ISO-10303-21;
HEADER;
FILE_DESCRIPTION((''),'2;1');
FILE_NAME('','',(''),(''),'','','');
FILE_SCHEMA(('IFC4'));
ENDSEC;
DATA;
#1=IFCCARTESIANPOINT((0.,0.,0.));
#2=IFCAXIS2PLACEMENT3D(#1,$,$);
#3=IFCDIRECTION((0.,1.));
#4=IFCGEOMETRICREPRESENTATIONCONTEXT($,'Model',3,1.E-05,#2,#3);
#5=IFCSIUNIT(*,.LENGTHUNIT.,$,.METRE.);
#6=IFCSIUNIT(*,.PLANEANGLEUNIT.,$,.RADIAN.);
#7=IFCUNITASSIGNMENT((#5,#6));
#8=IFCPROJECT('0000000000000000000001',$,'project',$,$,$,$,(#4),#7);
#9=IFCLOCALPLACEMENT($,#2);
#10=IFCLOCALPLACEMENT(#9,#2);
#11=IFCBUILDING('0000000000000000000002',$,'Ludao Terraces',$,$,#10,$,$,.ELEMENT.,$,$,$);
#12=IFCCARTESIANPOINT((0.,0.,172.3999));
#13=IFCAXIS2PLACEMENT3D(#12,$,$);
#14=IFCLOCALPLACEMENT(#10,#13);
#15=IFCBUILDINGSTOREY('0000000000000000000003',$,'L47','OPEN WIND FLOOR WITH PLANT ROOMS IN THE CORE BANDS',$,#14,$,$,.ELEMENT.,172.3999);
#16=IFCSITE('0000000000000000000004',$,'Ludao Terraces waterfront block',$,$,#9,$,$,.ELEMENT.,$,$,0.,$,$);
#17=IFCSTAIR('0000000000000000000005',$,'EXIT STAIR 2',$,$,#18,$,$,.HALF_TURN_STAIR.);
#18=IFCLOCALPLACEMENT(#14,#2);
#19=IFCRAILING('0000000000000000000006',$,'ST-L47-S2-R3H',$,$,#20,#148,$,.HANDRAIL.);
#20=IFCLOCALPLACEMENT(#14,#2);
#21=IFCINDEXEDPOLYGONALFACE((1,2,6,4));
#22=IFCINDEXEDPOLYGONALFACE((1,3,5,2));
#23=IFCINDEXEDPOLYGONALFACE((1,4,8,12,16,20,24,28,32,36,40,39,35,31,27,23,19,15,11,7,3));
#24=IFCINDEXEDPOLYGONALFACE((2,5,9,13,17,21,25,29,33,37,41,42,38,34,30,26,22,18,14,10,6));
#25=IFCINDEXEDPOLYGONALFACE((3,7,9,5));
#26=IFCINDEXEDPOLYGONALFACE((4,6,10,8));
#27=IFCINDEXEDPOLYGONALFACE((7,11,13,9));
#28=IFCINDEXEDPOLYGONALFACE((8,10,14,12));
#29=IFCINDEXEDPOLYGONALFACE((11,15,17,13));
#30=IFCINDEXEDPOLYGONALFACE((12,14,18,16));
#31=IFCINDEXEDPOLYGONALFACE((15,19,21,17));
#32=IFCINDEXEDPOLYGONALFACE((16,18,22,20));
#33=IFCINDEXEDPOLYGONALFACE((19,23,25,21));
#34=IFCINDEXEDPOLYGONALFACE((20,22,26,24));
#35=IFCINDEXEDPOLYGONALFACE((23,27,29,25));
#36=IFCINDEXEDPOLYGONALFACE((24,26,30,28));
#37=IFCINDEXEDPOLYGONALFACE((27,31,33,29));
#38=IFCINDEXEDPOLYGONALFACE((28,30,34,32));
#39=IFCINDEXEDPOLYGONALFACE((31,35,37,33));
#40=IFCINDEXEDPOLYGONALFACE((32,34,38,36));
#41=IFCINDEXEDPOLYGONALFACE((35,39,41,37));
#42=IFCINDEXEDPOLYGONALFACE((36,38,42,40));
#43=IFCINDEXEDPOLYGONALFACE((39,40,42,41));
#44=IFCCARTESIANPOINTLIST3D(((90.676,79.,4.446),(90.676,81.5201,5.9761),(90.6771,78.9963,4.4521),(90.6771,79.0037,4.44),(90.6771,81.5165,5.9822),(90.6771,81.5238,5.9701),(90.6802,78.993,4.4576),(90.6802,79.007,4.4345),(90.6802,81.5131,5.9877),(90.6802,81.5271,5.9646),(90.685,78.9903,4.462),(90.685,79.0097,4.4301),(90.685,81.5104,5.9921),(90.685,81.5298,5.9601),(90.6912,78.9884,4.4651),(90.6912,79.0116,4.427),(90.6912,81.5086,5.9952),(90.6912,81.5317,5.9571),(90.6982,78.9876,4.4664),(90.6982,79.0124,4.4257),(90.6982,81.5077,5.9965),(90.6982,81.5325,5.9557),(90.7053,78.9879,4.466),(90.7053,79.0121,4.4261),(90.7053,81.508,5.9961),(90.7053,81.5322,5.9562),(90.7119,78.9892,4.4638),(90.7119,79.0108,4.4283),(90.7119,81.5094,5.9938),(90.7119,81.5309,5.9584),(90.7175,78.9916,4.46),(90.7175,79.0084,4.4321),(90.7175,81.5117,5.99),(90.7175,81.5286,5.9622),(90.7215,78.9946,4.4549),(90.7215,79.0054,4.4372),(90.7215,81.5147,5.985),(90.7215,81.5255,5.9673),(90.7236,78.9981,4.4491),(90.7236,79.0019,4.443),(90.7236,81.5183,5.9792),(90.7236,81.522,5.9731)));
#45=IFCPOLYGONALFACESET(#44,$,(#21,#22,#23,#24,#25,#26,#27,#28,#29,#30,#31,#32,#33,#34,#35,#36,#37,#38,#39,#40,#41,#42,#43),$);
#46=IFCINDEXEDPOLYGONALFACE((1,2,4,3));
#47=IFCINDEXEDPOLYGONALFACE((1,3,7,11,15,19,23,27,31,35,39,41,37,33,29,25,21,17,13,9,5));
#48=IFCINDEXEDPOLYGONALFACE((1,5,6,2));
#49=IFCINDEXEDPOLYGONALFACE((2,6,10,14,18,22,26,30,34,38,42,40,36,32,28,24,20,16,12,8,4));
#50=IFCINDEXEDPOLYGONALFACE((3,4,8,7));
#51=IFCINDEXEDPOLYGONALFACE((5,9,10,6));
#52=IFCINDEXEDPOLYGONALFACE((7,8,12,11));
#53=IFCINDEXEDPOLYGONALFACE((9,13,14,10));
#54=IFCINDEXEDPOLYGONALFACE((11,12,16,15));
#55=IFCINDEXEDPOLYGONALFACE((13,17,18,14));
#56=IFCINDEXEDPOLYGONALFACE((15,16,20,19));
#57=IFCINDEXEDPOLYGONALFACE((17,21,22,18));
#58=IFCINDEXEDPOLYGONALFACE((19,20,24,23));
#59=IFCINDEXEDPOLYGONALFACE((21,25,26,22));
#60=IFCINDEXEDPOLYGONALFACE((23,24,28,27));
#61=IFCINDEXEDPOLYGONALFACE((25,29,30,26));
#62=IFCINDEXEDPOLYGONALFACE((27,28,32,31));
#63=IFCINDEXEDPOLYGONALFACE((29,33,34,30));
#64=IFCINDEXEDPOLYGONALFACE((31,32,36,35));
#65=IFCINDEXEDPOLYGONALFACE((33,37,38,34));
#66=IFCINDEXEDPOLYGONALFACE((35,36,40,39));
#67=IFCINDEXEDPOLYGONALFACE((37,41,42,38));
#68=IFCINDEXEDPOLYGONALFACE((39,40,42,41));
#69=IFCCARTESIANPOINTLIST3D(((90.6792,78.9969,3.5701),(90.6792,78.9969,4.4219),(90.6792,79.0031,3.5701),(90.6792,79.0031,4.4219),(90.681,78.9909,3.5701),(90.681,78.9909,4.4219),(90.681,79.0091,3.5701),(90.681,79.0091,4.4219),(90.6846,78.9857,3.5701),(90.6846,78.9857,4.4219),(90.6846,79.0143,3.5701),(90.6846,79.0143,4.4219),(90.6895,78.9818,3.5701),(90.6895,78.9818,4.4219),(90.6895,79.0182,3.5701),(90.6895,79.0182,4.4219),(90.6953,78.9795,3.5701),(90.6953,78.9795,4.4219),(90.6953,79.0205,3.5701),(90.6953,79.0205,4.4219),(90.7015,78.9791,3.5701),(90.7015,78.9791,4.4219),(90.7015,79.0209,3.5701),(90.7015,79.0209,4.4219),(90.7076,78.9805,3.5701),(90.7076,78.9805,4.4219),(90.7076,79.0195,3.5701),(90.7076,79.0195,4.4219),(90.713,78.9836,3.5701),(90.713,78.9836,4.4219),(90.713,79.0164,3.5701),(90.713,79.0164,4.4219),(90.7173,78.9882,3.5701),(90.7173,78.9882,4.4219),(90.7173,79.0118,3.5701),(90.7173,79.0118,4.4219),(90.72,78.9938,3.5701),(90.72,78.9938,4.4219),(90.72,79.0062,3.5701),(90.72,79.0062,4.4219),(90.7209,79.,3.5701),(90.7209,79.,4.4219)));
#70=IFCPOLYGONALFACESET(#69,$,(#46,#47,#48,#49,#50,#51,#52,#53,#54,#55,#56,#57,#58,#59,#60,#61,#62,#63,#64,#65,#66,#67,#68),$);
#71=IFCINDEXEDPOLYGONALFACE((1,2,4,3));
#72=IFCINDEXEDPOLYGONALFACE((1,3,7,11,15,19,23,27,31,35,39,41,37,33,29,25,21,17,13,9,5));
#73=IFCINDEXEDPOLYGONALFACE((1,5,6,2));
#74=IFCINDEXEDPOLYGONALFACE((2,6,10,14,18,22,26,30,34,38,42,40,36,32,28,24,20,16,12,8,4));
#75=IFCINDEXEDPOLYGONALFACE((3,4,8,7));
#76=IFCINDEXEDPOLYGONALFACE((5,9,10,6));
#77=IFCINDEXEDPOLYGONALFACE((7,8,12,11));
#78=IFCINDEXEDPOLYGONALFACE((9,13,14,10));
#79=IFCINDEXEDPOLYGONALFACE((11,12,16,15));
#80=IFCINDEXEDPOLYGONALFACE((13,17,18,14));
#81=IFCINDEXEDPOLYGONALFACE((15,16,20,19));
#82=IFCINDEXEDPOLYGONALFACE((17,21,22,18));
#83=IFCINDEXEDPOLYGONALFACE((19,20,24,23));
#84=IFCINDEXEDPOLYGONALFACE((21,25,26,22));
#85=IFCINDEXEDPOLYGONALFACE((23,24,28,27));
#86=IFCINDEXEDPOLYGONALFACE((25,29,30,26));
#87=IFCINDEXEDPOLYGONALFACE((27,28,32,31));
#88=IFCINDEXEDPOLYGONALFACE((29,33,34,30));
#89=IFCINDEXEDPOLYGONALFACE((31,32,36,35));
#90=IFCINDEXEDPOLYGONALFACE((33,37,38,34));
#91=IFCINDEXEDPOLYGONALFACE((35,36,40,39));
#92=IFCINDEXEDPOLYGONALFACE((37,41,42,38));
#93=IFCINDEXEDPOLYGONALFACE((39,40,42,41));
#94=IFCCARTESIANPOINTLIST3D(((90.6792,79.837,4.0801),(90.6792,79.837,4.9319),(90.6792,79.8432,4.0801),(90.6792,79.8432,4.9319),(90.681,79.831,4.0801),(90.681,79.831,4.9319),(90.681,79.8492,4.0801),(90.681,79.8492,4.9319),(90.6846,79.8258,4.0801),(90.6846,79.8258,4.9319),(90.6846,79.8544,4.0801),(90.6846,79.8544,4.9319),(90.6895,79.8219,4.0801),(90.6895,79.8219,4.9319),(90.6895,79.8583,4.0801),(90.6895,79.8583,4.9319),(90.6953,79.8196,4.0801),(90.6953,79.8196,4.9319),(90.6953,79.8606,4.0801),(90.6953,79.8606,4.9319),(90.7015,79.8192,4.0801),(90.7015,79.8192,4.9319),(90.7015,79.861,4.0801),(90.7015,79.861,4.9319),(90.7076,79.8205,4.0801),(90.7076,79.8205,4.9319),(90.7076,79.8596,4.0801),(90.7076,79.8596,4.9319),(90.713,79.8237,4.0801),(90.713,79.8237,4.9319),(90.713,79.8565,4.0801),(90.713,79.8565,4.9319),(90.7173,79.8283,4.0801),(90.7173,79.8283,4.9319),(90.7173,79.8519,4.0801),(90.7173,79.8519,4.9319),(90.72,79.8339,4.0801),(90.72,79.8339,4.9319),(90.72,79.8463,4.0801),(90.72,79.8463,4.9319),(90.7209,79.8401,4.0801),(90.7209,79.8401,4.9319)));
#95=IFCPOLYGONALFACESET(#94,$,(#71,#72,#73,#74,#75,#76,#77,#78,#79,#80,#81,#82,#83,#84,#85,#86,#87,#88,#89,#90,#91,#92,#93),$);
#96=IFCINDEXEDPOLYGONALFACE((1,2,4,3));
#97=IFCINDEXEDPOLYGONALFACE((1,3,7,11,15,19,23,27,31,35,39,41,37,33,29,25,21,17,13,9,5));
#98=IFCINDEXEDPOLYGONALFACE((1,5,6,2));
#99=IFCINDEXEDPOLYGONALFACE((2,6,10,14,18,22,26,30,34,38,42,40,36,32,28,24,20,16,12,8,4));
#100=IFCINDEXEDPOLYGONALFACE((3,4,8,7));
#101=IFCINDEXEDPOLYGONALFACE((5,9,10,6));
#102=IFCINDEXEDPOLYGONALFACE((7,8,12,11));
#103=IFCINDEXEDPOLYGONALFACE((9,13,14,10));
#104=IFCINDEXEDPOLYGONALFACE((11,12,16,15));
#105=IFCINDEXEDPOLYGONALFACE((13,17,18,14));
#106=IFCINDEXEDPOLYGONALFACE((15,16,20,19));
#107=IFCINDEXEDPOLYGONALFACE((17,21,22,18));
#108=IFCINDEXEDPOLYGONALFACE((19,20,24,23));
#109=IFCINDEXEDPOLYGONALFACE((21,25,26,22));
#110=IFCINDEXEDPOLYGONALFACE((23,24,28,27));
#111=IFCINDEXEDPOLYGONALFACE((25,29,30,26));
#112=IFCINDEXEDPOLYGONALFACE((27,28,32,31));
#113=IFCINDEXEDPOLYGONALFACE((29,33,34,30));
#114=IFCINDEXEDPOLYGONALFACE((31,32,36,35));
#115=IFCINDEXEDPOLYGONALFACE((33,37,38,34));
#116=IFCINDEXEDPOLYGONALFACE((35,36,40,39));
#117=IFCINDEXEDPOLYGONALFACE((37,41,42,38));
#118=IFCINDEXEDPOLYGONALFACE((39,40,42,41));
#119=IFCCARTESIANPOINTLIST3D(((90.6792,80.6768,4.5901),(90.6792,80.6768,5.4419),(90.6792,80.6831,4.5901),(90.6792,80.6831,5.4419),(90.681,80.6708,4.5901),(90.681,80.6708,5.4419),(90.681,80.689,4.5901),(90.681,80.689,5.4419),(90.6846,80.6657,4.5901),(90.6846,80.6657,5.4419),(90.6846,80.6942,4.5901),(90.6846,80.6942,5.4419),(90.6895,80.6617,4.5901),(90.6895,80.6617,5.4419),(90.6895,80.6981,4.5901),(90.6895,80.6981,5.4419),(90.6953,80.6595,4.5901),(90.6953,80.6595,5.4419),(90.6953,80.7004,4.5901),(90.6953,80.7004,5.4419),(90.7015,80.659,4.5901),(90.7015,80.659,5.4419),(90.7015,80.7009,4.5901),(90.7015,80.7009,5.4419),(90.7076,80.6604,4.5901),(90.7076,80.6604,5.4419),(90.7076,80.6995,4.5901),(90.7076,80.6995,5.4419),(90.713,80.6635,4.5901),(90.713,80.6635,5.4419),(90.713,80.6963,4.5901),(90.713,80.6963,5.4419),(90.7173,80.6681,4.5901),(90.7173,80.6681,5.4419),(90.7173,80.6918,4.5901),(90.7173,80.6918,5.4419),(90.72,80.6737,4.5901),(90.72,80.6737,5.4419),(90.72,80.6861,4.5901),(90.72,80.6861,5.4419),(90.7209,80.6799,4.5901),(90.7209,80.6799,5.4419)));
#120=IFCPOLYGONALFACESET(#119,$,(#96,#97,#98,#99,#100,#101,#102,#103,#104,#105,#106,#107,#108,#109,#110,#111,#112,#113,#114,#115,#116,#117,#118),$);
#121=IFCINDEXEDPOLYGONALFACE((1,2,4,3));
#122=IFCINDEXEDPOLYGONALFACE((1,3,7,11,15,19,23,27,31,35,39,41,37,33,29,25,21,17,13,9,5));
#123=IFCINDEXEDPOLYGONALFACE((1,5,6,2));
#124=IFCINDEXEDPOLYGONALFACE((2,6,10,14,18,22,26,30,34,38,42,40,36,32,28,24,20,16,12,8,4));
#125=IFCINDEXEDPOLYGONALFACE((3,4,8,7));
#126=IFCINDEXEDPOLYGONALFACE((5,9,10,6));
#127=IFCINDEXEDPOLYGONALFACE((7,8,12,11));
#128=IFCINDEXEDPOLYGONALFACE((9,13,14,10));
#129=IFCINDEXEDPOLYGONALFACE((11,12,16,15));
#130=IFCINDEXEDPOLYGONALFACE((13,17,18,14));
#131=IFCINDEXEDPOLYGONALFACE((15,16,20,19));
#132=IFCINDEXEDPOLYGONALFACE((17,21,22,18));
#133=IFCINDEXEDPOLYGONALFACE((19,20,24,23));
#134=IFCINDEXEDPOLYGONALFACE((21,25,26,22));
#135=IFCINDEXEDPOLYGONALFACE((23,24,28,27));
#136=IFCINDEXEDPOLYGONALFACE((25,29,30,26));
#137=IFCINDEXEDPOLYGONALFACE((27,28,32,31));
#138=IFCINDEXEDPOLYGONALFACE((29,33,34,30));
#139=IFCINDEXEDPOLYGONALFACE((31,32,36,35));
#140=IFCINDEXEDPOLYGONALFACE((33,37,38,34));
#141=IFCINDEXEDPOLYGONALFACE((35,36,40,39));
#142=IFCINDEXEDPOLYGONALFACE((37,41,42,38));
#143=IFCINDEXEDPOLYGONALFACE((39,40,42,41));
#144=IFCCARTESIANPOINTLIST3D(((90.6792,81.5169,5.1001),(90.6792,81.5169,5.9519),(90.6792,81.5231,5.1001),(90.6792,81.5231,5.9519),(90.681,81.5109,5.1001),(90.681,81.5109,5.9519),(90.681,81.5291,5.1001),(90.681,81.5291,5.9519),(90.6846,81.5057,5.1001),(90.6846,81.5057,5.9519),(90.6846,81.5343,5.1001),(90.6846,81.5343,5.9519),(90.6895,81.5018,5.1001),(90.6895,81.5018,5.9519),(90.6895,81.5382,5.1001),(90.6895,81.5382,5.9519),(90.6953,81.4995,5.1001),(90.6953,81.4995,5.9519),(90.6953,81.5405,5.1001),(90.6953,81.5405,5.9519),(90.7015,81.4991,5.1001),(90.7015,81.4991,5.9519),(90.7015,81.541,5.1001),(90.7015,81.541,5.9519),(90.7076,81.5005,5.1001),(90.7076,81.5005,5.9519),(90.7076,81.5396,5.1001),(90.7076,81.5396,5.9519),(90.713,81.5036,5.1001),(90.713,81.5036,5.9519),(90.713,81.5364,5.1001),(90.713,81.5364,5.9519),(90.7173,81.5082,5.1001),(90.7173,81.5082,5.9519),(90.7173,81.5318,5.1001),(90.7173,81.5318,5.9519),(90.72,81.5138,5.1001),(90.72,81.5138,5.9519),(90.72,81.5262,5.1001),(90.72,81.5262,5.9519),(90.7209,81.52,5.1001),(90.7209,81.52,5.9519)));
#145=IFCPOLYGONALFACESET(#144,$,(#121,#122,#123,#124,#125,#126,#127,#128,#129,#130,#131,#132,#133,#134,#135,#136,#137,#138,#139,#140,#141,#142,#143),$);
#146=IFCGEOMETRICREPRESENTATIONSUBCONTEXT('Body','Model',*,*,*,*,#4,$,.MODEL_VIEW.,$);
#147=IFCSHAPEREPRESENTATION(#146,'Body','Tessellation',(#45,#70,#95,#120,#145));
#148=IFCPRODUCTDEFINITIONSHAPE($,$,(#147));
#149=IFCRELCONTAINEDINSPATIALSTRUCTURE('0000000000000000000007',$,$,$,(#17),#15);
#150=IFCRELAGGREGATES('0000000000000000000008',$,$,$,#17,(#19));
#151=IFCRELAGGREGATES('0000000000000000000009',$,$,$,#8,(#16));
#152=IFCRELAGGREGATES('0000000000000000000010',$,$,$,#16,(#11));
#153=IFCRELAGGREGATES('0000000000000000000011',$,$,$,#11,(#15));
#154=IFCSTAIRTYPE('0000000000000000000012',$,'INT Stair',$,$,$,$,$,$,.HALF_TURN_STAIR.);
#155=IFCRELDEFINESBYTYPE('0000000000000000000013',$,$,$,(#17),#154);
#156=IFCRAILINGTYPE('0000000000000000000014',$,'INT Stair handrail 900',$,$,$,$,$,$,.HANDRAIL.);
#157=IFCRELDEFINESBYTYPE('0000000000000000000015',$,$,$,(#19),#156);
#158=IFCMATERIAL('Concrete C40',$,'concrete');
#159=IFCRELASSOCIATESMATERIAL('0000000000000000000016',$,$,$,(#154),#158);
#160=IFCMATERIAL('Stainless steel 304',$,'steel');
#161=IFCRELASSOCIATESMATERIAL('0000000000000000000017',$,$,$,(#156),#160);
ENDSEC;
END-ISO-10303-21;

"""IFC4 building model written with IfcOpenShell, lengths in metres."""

from ifc_helpers import new_model, si_unit, direction, frame, origin, origin_2d, place, context, subcontext, project, spatial, circle, extrude, material, type_object, element, aggregate, save


model = new_model("IFC4")

# Units and contexts
model_context = context("Model", 3, precision=1e-05, world=origin(), true_north=direction((0.0, 1.0)))
body_context = subcontext(model_context, "Body", "Model", "MODEL_VIEW")
ifc_project = project(units=[si_unit("LENGTHUNIT", "METRE"), si_unit("PLANEANGLEUNIT", "RADIAN")], contexts=[model_context])

# Site, building, storey
site_placement = place(None, origin())
site = spatial("IfcSite", under=ifc_project, at=site_placement, Name="Ludao Terraces waterfront block", CompositionType="ELEMENT", RefElevation=0.0)
building_placement = place(site_placement, origin())
building = spatial("IfcBuilding", under=site, at=building_placement, Name="Ludao Terraces", CompositionType="ELEMENT")
storey_placement = place(building_placement, frame((0.0, 0.0, 172.3999)))
storey = spatial("IfcBuildingStorey", under=building, at=storey_placement, Name="L47", Description="OPEN WIND FLOOR WITH PLANT ROOMS IN THE CORE BANDS", CompositionType="ELEMENT", Elevation=172.3999)

# Stair, railing
ifc_material_1 = material(Name="Concrete C40", Category="concrete")
stair_type = type_object("IfcStairType", Name="INT Stair", PredefinedType="HALF_TURN_STAIR", material=ifc_material_1)
stair_placement = place(storey_placement, origin())
stair = element("IfcStair", 1, at=stair_placement, inside=storey, type_object=stair_type, Name="EXIT STAIR 2", PredefinedType="HALF_TURN_STAIR")
ifc_material_2 = material(Name="Stainless steel 304", Category="steel")
railing_type = type_object("IfcRailingType", Name="INT Stair handrail 900", PredefinedType="HANDRAIL", material=ifc_material_2)
railing_1_placement = place(storey_placement, frame((90.7, 79.0, 3.5701)))
railing_1 = element("IfcRailing", 2, at=railing_1_placement, type_object=railing_type, Name="ST-L47-S2-R3H", PredefinedType="HANDRAIL", context=body_context, shape_type="SweptSolid", body=[
    extrude(circle(Radius=0.0239, at=origin_2d()), frame((0.0, 0.0, 0.876), z_axis=(0.0, 0.854785, 0.518982), x_axis=(-1.0, 0.0, 0.0)), (0.0, 0.0, 1.0), 2.9482),
    extrude(circle(Radius=0.021, at=origin_2d()), origin(), (0.0, 0.0, 1.0), 0.8518),
    extrude(circle(Radius=0.021, at=origin_2d()), frame((0.0, 0.8401, 0.51)), (0.0, 0.0, 1.0), 0.8518),
    extrude(circle(Radius=0.021, at=origin_2d()), frame((0.0, 1.6799, 1.02)), (0.0, 0.0, 1.0), 0.8518),
    extrude(circle(Radius=0.021, at=origin_2d()), frame((0.0, 2.52, 1.53)), (0.0, 0.0, 1.0), 0.8518),
])
aggregate(stair, [railing_1])

save(model, "model.ifc")
